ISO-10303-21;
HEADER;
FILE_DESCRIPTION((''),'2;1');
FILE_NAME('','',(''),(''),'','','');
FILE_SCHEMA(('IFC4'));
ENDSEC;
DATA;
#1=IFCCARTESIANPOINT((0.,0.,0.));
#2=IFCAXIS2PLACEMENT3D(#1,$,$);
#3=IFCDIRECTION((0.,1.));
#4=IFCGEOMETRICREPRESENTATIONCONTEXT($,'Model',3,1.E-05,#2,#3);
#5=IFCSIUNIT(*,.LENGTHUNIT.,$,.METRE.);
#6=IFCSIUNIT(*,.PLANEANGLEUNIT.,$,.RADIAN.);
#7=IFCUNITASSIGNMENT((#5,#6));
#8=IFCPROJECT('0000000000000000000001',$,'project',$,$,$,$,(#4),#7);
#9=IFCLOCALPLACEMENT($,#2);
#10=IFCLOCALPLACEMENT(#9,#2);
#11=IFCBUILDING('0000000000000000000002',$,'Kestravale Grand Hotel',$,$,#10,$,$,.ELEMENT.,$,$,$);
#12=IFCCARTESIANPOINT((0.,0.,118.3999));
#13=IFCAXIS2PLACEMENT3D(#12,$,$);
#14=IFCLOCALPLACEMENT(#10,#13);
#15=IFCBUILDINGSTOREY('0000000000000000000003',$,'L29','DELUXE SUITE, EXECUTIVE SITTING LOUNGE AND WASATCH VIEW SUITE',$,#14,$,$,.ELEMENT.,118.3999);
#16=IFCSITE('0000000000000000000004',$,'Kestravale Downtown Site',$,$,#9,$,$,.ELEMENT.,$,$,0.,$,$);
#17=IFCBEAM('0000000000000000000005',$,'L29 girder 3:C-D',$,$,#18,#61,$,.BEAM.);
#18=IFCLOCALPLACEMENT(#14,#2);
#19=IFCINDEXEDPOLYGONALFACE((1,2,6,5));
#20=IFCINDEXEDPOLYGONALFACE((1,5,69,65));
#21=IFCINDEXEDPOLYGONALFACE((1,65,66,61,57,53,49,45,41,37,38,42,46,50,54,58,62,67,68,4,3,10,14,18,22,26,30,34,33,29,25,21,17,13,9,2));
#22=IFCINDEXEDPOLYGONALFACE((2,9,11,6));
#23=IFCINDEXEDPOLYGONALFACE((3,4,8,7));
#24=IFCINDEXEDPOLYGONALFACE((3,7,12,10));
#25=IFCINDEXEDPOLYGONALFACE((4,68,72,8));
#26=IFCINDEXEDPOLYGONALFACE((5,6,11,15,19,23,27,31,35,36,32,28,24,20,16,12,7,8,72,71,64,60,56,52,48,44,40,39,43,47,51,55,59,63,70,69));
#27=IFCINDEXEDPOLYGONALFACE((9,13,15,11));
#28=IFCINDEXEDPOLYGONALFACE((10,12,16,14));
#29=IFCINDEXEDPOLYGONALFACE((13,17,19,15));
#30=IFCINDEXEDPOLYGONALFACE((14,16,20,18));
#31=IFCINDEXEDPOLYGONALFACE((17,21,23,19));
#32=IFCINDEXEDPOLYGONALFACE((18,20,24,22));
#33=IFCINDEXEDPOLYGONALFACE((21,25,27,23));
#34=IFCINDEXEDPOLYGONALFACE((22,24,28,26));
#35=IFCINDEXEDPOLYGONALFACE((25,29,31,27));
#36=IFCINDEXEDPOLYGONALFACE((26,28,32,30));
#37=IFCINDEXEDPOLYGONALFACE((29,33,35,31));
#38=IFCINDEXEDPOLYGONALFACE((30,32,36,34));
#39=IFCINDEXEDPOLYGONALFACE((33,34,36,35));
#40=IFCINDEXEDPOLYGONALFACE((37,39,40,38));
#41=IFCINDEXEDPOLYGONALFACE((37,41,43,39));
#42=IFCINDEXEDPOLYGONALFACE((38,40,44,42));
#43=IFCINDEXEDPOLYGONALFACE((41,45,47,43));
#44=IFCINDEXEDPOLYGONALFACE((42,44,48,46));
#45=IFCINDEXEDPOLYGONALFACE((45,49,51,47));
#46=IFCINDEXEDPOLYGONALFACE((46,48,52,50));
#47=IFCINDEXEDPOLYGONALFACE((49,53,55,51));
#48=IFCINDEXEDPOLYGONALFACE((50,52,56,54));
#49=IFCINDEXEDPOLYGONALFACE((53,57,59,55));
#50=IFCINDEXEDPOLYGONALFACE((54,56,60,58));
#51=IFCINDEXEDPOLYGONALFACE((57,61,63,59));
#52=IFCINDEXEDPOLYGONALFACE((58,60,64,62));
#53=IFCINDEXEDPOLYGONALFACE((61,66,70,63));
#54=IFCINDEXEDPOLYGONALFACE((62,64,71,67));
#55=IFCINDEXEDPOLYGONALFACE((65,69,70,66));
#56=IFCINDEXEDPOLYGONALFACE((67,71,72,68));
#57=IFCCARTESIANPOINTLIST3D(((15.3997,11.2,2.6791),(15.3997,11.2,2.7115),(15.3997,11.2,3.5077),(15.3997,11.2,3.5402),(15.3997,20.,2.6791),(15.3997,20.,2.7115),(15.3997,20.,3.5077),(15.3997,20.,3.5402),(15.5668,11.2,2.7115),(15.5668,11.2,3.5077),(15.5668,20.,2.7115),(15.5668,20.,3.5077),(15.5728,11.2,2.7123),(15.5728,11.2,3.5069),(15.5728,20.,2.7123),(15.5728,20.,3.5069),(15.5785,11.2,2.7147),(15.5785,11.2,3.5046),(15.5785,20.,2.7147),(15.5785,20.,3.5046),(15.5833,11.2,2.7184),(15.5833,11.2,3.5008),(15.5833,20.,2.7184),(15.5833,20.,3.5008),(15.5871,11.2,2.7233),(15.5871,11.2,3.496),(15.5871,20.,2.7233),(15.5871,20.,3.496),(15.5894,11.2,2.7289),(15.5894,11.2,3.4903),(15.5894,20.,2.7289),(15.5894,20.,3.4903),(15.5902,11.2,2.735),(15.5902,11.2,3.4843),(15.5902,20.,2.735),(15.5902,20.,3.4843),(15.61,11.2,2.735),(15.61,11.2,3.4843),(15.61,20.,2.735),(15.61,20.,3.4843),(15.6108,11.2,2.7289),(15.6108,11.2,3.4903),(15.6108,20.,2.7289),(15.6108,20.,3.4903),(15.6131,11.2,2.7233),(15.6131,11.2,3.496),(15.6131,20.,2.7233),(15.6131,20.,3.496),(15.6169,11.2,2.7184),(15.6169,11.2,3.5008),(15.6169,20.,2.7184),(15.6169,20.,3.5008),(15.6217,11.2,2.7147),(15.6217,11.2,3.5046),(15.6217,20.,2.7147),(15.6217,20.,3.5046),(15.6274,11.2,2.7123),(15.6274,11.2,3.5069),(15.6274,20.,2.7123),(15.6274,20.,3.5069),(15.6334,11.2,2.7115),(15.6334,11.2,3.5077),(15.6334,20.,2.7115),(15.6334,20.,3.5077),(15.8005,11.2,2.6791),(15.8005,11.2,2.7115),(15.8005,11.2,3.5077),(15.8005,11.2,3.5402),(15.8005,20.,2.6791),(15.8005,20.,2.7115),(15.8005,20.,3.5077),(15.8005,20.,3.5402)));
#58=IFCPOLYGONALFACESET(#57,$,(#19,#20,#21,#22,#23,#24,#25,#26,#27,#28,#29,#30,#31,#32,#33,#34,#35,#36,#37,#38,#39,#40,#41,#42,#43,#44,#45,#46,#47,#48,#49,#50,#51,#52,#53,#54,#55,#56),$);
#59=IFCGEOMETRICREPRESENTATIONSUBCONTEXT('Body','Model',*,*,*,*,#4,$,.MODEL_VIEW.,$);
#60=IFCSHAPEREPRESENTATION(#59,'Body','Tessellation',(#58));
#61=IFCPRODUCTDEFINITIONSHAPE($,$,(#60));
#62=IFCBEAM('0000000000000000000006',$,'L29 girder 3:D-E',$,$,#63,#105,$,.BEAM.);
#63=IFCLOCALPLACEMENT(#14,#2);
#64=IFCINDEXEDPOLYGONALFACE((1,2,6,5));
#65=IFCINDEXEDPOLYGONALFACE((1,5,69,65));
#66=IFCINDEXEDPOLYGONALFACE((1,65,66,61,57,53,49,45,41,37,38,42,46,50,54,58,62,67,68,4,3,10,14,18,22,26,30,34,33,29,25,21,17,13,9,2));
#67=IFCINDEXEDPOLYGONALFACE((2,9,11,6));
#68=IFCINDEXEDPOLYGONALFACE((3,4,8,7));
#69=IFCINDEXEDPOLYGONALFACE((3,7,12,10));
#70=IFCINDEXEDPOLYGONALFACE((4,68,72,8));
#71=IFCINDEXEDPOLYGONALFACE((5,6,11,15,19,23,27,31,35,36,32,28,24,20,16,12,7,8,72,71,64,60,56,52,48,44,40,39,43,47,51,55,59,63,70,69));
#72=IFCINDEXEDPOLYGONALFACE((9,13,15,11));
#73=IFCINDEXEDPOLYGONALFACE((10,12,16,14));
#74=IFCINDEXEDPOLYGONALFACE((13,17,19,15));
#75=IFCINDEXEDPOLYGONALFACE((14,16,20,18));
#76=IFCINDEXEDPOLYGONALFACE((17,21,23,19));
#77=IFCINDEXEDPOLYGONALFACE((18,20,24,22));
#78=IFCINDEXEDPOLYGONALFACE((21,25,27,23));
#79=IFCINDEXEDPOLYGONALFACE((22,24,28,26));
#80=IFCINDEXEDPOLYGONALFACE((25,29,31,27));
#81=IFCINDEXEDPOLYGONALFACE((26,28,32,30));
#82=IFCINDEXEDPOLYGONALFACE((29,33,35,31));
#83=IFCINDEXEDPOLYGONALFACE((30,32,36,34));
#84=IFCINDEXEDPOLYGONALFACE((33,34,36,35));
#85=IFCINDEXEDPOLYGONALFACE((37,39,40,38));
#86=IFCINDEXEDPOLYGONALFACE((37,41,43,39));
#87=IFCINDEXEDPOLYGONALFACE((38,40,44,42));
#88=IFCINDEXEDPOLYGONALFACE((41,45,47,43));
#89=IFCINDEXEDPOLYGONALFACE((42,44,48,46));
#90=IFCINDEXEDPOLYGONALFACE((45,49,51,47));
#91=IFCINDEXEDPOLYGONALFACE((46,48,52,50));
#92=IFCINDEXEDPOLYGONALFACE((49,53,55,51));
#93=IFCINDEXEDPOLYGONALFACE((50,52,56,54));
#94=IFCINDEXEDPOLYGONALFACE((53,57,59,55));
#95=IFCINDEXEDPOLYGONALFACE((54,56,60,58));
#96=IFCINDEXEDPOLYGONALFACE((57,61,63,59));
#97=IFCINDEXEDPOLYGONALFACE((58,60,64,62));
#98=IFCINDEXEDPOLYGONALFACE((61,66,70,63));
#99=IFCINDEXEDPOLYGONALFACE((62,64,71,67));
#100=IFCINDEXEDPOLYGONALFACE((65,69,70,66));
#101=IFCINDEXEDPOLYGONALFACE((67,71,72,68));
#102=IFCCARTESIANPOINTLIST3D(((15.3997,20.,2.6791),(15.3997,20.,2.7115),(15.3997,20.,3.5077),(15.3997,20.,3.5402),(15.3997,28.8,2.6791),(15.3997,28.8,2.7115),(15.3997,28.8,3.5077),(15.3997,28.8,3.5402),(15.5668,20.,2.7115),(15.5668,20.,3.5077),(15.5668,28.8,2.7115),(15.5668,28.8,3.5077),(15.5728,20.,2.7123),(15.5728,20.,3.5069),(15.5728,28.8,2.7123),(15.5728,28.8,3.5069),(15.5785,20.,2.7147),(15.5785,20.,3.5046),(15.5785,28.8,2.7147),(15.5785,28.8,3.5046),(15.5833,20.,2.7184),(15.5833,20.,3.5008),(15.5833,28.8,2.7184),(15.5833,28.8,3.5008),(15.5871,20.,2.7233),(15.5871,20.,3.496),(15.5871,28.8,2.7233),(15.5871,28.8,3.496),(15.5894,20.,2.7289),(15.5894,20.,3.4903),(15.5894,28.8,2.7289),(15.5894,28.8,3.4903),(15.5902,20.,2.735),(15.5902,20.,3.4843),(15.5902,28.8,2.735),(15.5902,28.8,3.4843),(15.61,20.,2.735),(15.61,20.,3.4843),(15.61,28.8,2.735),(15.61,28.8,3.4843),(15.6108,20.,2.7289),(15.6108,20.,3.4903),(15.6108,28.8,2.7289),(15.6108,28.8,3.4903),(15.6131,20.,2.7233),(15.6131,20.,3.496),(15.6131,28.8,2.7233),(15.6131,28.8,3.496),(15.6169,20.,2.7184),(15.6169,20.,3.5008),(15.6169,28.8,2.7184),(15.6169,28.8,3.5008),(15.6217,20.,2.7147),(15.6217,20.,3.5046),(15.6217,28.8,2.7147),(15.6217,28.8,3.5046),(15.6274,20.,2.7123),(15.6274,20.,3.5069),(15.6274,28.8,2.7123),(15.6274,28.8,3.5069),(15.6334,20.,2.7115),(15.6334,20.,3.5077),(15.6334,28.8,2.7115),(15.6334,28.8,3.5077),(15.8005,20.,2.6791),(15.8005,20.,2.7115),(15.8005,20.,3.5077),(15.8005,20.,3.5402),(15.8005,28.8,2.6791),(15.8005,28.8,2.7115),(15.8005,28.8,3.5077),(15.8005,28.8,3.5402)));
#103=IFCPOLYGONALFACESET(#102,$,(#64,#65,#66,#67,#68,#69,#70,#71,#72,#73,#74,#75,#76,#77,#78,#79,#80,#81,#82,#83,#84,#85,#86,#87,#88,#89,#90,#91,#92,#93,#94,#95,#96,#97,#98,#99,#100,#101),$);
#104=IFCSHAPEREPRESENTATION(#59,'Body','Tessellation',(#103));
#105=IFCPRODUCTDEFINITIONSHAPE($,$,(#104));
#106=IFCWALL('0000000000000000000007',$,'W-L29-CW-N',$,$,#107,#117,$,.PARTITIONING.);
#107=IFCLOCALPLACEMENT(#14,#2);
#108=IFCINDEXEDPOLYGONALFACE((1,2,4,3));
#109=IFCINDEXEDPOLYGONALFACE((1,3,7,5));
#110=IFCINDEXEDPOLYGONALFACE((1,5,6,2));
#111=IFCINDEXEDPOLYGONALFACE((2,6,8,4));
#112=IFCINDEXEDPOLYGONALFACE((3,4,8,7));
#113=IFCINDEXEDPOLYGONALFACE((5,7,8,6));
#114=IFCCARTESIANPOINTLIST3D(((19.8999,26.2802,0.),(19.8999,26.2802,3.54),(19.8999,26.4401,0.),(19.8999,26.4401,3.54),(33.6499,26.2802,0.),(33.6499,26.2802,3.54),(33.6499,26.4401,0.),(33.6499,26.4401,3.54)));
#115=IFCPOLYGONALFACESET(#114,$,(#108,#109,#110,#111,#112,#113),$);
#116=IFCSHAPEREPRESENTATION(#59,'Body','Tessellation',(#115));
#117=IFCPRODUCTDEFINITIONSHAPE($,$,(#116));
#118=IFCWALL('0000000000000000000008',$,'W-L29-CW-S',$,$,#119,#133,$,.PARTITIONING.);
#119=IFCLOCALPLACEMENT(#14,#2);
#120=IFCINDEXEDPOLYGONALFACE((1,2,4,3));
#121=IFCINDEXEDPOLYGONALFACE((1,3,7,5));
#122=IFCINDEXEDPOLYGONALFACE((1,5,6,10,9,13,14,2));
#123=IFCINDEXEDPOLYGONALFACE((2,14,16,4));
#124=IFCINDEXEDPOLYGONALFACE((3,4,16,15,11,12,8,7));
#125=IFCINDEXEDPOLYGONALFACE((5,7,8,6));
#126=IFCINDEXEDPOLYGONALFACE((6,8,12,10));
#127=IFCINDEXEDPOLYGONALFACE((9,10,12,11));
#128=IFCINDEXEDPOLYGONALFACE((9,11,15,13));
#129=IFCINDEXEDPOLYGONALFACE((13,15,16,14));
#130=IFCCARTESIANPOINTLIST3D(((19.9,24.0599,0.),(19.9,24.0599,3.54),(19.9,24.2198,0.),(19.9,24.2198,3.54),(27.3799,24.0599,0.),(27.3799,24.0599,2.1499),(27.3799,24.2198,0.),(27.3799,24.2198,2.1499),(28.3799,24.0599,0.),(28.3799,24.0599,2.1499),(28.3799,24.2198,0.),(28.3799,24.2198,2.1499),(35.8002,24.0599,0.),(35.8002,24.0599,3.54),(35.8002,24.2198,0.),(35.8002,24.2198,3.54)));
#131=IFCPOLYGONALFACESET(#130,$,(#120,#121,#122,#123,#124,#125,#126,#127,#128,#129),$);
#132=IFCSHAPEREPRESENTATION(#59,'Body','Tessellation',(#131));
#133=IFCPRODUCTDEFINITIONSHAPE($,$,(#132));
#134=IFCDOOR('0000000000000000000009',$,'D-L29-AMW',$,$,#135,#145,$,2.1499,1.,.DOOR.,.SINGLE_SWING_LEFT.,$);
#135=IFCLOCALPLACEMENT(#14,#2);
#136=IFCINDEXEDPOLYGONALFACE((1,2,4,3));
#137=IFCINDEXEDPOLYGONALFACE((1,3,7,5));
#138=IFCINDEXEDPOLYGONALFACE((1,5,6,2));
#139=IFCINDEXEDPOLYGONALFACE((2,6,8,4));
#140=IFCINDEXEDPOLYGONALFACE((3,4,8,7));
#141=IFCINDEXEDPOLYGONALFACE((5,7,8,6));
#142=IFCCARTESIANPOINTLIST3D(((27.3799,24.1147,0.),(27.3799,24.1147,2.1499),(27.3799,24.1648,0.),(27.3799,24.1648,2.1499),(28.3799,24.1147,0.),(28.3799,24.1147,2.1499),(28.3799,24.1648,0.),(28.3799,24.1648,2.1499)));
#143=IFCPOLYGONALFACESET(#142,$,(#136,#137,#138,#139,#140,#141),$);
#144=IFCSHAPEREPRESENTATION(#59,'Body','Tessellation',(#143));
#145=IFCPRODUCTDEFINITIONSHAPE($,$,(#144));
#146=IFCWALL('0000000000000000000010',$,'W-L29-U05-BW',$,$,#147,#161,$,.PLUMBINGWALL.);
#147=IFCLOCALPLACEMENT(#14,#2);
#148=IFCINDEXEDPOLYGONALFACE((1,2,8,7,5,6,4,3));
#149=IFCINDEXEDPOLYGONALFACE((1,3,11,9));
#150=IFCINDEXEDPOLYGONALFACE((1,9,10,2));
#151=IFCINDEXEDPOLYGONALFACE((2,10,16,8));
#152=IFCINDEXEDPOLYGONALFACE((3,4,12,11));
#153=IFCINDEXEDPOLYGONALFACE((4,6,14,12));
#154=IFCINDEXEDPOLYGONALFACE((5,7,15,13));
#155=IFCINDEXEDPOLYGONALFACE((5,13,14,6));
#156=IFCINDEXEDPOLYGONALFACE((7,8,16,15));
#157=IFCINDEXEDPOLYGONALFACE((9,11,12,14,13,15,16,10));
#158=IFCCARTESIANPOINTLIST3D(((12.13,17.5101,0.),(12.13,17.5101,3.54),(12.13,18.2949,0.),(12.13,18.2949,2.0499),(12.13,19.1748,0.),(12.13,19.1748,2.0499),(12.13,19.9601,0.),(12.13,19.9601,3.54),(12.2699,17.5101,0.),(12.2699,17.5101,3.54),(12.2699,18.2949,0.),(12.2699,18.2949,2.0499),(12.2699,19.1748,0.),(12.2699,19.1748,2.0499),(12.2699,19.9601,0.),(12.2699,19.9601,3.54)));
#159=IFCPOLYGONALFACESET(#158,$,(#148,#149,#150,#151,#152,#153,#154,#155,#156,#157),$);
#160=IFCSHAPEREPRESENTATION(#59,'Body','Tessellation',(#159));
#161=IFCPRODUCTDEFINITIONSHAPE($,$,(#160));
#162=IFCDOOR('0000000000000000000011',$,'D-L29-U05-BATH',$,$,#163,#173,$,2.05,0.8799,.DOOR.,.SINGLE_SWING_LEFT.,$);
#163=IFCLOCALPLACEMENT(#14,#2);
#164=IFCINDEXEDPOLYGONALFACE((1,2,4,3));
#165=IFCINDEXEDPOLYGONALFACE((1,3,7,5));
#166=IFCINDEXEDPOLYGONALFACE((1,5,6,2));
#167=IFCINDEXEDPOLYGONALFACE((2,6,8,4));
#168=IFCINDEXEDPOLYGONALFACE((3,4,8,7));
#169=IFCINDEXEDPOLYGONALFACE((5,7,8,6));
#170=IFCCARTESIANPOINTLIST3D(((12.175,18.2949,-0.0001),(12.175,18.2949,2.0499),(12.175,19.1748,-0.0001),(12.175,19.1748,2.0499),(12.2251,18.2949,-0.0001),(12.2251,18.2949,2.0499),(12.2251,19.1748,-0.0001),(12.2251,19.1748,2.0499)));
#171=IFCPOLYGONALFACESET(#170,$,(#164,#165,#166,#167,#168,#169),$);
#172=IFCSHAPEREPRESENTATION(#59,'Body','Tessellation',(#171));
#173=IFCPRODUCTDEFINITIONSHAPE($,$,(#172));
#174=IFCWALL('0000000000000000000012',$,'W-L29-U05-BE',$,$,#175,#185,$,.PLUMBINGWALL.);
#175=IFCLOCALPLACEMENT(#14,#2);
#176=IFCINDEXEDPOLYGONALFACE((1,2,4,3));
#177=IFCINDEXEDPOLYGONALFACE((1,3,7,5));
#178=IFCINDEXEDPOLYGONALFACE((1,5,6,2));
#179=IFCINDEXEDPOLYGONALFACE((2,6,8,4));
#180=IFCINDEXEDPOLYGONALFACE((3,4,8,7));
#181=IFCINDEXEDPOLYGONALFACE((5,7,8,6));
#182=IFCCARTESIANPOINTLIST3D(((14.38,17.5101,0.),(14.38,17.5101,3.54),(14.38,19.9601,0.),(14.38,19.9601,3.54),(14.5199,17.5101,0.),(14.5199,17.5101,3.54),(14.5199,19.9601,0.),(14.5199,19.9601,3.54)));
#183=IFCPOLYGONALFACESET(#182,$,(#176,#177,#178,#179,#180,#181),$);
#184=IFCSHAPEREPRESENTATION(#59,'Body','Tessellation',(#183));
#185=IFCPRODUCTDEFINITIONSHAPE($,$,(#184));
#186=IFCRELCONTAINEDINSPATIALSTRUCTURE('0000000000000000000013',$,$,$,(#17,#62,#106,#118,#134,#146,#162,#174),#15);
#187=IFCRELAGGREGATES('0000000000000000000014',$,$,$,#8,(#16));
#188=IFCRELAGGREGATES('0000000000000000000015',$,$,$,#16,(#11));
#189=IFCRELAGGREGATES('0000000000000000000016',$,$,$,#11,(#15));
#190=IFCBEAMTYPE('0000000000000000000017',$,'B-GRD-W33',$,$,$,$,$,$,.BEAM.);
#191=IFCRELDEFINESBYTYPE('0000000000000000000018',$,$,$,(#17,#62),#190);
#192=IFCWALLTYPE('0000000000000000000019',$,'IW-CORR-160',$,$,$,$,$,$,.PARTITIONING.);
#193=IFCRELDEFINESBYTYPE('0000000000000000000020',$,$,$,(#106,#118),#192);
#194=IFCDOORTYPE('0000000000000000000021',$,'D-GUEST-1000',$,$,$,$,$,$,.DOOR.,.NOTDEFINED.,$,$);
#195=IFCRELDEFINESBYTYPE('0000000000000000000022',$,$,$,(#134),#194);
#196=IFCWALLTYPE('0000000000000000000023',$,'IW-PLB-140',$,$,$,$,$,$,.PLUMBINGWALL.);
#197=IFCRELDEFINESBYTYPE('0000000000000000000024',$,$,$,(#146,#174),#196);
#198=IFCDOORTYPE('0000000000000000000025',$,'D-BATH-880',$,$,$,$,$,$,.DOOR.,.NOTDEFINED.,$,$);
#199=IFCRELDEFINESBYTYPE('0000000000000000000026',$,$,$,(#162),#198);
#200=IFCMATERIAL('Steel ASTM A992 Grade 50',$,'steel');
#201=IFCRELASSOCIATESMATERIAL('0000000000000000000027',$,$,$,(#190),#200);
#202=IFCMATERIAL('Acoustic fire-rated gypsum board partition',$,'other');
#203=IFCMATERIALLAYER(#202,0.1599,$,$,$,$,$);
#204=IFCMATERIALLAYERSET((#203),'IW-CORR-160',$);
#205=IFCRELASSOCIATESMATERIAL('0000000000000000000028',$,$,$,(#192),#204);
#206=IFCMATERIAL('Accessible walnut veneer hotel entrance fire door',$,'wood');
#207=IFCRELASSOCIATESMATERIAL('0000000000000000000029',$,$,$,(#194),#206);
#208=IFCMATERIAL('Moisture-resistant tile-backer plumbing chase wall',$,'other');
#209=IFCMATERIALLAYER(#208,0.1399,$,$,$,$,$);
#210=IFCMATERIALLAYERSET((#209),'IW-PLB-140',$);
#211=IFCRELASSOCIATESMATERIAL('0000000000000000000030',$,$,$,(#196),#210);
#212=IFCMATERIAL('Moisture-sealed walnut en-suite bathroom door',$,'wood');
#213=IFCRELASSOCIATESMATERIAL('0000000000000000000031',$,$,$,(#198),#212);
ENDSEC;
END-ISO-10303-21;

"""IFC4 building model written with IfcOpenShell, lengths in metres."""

from ifc_helpers import new_model, si_unit, direction, frame, frame_2d, origin, origin_2d, place, context, subcontext, project, spatial, rectangle, i_section, extrude, material, layer, layer_set, material_profile, profile_set, type_object, element, fill, save


model = new_model("IFC4")

# Units and contexts
model_context = context("Model", 3, precision=1e-05, world=origin(), true_north=direction((0.0, 1.0)))
body_context = subcontext(model_context, "Body", "Model", "MODEL_VIEW")
ifc_project = project(units=[si_unit("LENGTHUNIT", "METRE"), si_unit("PLANEANGLEUNIT", "RADIAN")], contexts=[model_context])

# Site, building, storey
site_placement = place(None, origin())
site = spatial("IfcSite", under=ifc_project, at=site_placement, Name="Kestravale Downtown Site", CompositionType="ELEMENT", RefElevation=0.0)
building_placement = place(site_placement, origin())
building = spatial("IfcBuilding", under=site, at=building_placement, Name="Kestravale Grand Hotel", CompositionType="ELEMENT")
storey_placement = place(building_placement, frame((0.0, 0.0, 118.3999)))
storey = spatial("IfcBuildingStorey", under=building, at=storey_placement, Name="L29", Description="DELUXE SUITE, EXECUTIVE SITTING LOUNGE AND WASATCH VIEW SUITE", CompositionType="ELEMENT", Elevation=118.3999)

# Beams
ifc_material_1 = material(Name="Steel ASTM A992 Grade 50", Category="steel")
ifc_material_profile_1 = material_profile(ifc_material_1, i_section(OverallWidth=0.4009, OverallDepth=0.8611, WebThickness=0.0198, FlangeThickness=0.0325, FilletRadius=0.0234, at=origin_2d()))
ifc_profile_set_1 = profile_set([ifc_material_profile_1], Name="Steel ASTM A992 Grade 50")
beam_type_1 = type_object("IfcBeamType", Name="B-GRD-W33", PredefinedType="BEAM", material=ifc_profile_set_1)
for number, where, z_axis, x_axis, name in (
    (1, (15.6001, 11.2, 3.1096), (0.0, 1.0, 0.0), (-1.0, 0.0, 0.0), "L29 girder 3:C-D"),
    (2, (15.6001, 20.0, 3.1096), (0.0, 1.0, 0.0), (-1.0, 0.0, 0.0), "L29 girder 3:D-E"),
):
    element("IfcBeam", number, at=place(storey_placement, frame(where, z_axis=z_axis, x_axis=x_axis)), inside=storey, type_object=beam_type_1, Name=name, PredefinedType="BEAM", context=body_context, shape_type="SweptSolid", body=[
        extrude(i_section(OverallWidth=0.4009, OverallDepth=0.8611, WebThickness=0.0198, FlangeThickness=0.0325, FilletRadius=0.0234, at=origin_2d()), origin(), (0.0, 0.0, 1.0), 8.8),
    ])

# Wall
ifc_material_2 = material(Name="Acoustic fire-rated gypsum board partition", Category="other")
ifc_layer_1 = layer(ifc_material_2, 0.1599)
ifc_layer_set_1 = layer_set([ifc_layer_1], Name="IW-CORR-160")
wall_type_1 = type_object("IfcWallType", Name="IW-CORR-160", PredefinedType="PARTITIONING", material=ifc_layer_set_1)
wall_1_placement = place(storey_placement, frame((19.8999, 26.3601, 0.0), z_axis=(0.0, 0.0, 1.0), x_axis=(1.0, 0.0, 0.0)))
element("IfcWall", 3, at=wall_1_placement, inside=storey, type_object=wall_type_1, Name="W-L29-CW-N", PredefinedType="PARTITIONING", context=body_context, shape_type="SweptSolid", body=[
    extrude(rectangle(XDim=13.75, YDim=0.1599, at=frame_2d((6.875, 0.0))), origin(), (0.0, 0.0, 1.0), 3.54),
])

# Walls, openings, doors
wall_2_placement = place(storey_placement, frame((19.8999, 24.1399, 0.0), z_axis=(0.0, 0.0, 1.0), x_axis=(1.0, 0.0, 0.0)))
wall_2 = element("IfcWall", 4, at=wall_2_placement, inside=storey, type_object=wall_type_1, Name="W-L29-CW-S", PredefinedType="PARTITIONING", context=body_context, shape_type="SweptSolid", body=[
    extrude(rectangle(XDim=15.9001, YDim=0.1599, at=frame_2d((7.9502, 0.0))), origin(), (0.0, 0.0, 1.0), 3.54),
])
opening_1_placement = place(wall_2_placement, frame((7.48, 0.0, 0.0)))
opening_1 = element("IfcOpeningElement", 5, at=opening_1_placement, cuts=wall_2, PredefinedType="OPENING", context=body_context, shape_type="SweptSolid", body=[
    extrude(rectangle(XDim=1.0, YDim=2.1499, at=frame_2d((0.5, 1.075))), frame((0.0, 0.0898, 0.0), z_axis=(0.0, -1.0, 0.0), x_axis=(1.0, 0.0, 0.0)), (0.0, 0.0, 1.0), 0.1799),
])
ifc_material_3 = material(Name="Accessible walnut veneer hotel entrance fire door", Category="wood")
door_type_1 = type_object("IfcDoorType", Name="D-GUEST-1000", OperationType="NOTDEFINED", PredefinedType="DOOR", material=ifc_material_3)
door_1_placement = place(opening_1_placement, origin())
door_1 = element("IfcDoor", 6, at=door_1_placement, inside=storey, type_object=door_type_1, Name="D-L29-AMW", OperationType="SINGLE_SWING_LEFT", OverallHeight=2.1499, OverallWidth=1.0, PredefinedType="DOOR", context=body_context, shape_type="SweptSolid", body=[
    extrude(rectangle(XDim=1.0, YDim=2.1499, at=frame_2d((0.5, 1.075))), frame((0.0, 0.0249, 0.0), z_axis=(0.0, -1.0, 0.0), x_axis=(1.0, 0.0, 0.0)), (0.0, 0.0, 1.0), 0.05),
])
fill(opening_1, door_1)
ifc_material_4 = material(Name="Moisture-resistant tile-backer plumbing chase wall", Category="other")
ifc_layer_2 = layer(ifc_material_4, 0.1399)
ifc_layer_set_2 = layer_set([ifc_layer_2], Name="IW-PLB-140")
wall_type_2 = type_object("IfcWallType", Name="IW-PLB-140", PredefinedType="PLUMBINGWALL", material=ifc_layer_set_2)
wall_3_placement = place(storey_placement, frame((12.2, 17.51, 0.0), z_axis=(0.0, 0.0, 1.0), x_axis=(0.0, 1.0, 0.0)))
wall_3 = element("IfcWall", 7, at=wall_3_placement, inside=storey, type_object=wall_type_2, Name="W-L29-U05-BW", PredefinedType="PLUMBINGWALL", context=body_context, shape_type="SweptSolid", body=[
    extrude(rectangle(XDim=2.45, YDim=0.1399, at=frame_2d((1.2251, 0.0))), origin(), (0.0, 0.0, 1.0), 3.54),
])
opening_2_placement = place(wall_3_placement, frame((0.7849, 0.0, 0.0)))
opening_2 = element("IfcOpeningElement", 8, at=opening_2_placement, cuts=wall_3, PredefinedType="OPENING", context=body_context, shape_type="SweptSolid", body=[
    extrude(rectangle(XDim=0.8799, YDim=2.05, at=frame_2d((0.4399, 1.0249))), frame((0.0, 0.0798, 0.0), z_axis=(0.0, -1.0, 0.0), x_axis=(1.0, 0.0, 0.0)), (0.0, 0.0, 1.0), 0.1599),
])
ifc_material_5 = material(Name="Moisture-sealed walnut en-suite bathroom door", Category="wood")
door_type_2 = type_object("IfcDoorType", Name="D-BATH-880", OperationType="NOTDEFINED", PredefinedType="DOOR", material=ifc_material_5)
door_2_placement = place(opening_2_placement, origin())
door_2 = element("IfcDoor", 9, at=door_2_placement, inside=storey, type_object=door_type_2, Name="D-L29-U05-BATH", OperationType="SINGLE_SWING_LEFT", OverallHeight=2.05, OverallWidth=0.8799, PredefinedType="DOOR", context=body_context, shape_type="SweptSolid", body=[
    extrude(rectangle(XDim=0.8799, YDim=2.05, at=frame_2d((0.4399, 1.0249))), frame((0.0, 0.0249, 0.0), z_axis=(0.0, -1.0, 0.0), x_axis=(1.0, 0.0, 0.0)), (0.0, 0.0, 1.0), 0.05),
])
fill(opening_2, door_2)

# Wall
wall_4_placement = place(storey_placement, frame((14.45, 17.51, 0.0), z_axis=(0.0, 0.0, 1.0), x_axis=(0.0, 1.0, 0.0)))
element("IfcWall", 10, at=wall_4_placement, inside=storey, type_object=wall_type_2, Name="W-L29-U05-BE", PredefinedType="PLUMBINGWALL", context=body_context, shape_type="SweptSolid", body=[
    extrude(rectangle(XDim=2.45, YDim=0.1399, at=frame_2d((1.2251, 0.0))), origin(), (0.0, 0.0, 1.0), 3.54),
])

save(model, "model.ifc")
